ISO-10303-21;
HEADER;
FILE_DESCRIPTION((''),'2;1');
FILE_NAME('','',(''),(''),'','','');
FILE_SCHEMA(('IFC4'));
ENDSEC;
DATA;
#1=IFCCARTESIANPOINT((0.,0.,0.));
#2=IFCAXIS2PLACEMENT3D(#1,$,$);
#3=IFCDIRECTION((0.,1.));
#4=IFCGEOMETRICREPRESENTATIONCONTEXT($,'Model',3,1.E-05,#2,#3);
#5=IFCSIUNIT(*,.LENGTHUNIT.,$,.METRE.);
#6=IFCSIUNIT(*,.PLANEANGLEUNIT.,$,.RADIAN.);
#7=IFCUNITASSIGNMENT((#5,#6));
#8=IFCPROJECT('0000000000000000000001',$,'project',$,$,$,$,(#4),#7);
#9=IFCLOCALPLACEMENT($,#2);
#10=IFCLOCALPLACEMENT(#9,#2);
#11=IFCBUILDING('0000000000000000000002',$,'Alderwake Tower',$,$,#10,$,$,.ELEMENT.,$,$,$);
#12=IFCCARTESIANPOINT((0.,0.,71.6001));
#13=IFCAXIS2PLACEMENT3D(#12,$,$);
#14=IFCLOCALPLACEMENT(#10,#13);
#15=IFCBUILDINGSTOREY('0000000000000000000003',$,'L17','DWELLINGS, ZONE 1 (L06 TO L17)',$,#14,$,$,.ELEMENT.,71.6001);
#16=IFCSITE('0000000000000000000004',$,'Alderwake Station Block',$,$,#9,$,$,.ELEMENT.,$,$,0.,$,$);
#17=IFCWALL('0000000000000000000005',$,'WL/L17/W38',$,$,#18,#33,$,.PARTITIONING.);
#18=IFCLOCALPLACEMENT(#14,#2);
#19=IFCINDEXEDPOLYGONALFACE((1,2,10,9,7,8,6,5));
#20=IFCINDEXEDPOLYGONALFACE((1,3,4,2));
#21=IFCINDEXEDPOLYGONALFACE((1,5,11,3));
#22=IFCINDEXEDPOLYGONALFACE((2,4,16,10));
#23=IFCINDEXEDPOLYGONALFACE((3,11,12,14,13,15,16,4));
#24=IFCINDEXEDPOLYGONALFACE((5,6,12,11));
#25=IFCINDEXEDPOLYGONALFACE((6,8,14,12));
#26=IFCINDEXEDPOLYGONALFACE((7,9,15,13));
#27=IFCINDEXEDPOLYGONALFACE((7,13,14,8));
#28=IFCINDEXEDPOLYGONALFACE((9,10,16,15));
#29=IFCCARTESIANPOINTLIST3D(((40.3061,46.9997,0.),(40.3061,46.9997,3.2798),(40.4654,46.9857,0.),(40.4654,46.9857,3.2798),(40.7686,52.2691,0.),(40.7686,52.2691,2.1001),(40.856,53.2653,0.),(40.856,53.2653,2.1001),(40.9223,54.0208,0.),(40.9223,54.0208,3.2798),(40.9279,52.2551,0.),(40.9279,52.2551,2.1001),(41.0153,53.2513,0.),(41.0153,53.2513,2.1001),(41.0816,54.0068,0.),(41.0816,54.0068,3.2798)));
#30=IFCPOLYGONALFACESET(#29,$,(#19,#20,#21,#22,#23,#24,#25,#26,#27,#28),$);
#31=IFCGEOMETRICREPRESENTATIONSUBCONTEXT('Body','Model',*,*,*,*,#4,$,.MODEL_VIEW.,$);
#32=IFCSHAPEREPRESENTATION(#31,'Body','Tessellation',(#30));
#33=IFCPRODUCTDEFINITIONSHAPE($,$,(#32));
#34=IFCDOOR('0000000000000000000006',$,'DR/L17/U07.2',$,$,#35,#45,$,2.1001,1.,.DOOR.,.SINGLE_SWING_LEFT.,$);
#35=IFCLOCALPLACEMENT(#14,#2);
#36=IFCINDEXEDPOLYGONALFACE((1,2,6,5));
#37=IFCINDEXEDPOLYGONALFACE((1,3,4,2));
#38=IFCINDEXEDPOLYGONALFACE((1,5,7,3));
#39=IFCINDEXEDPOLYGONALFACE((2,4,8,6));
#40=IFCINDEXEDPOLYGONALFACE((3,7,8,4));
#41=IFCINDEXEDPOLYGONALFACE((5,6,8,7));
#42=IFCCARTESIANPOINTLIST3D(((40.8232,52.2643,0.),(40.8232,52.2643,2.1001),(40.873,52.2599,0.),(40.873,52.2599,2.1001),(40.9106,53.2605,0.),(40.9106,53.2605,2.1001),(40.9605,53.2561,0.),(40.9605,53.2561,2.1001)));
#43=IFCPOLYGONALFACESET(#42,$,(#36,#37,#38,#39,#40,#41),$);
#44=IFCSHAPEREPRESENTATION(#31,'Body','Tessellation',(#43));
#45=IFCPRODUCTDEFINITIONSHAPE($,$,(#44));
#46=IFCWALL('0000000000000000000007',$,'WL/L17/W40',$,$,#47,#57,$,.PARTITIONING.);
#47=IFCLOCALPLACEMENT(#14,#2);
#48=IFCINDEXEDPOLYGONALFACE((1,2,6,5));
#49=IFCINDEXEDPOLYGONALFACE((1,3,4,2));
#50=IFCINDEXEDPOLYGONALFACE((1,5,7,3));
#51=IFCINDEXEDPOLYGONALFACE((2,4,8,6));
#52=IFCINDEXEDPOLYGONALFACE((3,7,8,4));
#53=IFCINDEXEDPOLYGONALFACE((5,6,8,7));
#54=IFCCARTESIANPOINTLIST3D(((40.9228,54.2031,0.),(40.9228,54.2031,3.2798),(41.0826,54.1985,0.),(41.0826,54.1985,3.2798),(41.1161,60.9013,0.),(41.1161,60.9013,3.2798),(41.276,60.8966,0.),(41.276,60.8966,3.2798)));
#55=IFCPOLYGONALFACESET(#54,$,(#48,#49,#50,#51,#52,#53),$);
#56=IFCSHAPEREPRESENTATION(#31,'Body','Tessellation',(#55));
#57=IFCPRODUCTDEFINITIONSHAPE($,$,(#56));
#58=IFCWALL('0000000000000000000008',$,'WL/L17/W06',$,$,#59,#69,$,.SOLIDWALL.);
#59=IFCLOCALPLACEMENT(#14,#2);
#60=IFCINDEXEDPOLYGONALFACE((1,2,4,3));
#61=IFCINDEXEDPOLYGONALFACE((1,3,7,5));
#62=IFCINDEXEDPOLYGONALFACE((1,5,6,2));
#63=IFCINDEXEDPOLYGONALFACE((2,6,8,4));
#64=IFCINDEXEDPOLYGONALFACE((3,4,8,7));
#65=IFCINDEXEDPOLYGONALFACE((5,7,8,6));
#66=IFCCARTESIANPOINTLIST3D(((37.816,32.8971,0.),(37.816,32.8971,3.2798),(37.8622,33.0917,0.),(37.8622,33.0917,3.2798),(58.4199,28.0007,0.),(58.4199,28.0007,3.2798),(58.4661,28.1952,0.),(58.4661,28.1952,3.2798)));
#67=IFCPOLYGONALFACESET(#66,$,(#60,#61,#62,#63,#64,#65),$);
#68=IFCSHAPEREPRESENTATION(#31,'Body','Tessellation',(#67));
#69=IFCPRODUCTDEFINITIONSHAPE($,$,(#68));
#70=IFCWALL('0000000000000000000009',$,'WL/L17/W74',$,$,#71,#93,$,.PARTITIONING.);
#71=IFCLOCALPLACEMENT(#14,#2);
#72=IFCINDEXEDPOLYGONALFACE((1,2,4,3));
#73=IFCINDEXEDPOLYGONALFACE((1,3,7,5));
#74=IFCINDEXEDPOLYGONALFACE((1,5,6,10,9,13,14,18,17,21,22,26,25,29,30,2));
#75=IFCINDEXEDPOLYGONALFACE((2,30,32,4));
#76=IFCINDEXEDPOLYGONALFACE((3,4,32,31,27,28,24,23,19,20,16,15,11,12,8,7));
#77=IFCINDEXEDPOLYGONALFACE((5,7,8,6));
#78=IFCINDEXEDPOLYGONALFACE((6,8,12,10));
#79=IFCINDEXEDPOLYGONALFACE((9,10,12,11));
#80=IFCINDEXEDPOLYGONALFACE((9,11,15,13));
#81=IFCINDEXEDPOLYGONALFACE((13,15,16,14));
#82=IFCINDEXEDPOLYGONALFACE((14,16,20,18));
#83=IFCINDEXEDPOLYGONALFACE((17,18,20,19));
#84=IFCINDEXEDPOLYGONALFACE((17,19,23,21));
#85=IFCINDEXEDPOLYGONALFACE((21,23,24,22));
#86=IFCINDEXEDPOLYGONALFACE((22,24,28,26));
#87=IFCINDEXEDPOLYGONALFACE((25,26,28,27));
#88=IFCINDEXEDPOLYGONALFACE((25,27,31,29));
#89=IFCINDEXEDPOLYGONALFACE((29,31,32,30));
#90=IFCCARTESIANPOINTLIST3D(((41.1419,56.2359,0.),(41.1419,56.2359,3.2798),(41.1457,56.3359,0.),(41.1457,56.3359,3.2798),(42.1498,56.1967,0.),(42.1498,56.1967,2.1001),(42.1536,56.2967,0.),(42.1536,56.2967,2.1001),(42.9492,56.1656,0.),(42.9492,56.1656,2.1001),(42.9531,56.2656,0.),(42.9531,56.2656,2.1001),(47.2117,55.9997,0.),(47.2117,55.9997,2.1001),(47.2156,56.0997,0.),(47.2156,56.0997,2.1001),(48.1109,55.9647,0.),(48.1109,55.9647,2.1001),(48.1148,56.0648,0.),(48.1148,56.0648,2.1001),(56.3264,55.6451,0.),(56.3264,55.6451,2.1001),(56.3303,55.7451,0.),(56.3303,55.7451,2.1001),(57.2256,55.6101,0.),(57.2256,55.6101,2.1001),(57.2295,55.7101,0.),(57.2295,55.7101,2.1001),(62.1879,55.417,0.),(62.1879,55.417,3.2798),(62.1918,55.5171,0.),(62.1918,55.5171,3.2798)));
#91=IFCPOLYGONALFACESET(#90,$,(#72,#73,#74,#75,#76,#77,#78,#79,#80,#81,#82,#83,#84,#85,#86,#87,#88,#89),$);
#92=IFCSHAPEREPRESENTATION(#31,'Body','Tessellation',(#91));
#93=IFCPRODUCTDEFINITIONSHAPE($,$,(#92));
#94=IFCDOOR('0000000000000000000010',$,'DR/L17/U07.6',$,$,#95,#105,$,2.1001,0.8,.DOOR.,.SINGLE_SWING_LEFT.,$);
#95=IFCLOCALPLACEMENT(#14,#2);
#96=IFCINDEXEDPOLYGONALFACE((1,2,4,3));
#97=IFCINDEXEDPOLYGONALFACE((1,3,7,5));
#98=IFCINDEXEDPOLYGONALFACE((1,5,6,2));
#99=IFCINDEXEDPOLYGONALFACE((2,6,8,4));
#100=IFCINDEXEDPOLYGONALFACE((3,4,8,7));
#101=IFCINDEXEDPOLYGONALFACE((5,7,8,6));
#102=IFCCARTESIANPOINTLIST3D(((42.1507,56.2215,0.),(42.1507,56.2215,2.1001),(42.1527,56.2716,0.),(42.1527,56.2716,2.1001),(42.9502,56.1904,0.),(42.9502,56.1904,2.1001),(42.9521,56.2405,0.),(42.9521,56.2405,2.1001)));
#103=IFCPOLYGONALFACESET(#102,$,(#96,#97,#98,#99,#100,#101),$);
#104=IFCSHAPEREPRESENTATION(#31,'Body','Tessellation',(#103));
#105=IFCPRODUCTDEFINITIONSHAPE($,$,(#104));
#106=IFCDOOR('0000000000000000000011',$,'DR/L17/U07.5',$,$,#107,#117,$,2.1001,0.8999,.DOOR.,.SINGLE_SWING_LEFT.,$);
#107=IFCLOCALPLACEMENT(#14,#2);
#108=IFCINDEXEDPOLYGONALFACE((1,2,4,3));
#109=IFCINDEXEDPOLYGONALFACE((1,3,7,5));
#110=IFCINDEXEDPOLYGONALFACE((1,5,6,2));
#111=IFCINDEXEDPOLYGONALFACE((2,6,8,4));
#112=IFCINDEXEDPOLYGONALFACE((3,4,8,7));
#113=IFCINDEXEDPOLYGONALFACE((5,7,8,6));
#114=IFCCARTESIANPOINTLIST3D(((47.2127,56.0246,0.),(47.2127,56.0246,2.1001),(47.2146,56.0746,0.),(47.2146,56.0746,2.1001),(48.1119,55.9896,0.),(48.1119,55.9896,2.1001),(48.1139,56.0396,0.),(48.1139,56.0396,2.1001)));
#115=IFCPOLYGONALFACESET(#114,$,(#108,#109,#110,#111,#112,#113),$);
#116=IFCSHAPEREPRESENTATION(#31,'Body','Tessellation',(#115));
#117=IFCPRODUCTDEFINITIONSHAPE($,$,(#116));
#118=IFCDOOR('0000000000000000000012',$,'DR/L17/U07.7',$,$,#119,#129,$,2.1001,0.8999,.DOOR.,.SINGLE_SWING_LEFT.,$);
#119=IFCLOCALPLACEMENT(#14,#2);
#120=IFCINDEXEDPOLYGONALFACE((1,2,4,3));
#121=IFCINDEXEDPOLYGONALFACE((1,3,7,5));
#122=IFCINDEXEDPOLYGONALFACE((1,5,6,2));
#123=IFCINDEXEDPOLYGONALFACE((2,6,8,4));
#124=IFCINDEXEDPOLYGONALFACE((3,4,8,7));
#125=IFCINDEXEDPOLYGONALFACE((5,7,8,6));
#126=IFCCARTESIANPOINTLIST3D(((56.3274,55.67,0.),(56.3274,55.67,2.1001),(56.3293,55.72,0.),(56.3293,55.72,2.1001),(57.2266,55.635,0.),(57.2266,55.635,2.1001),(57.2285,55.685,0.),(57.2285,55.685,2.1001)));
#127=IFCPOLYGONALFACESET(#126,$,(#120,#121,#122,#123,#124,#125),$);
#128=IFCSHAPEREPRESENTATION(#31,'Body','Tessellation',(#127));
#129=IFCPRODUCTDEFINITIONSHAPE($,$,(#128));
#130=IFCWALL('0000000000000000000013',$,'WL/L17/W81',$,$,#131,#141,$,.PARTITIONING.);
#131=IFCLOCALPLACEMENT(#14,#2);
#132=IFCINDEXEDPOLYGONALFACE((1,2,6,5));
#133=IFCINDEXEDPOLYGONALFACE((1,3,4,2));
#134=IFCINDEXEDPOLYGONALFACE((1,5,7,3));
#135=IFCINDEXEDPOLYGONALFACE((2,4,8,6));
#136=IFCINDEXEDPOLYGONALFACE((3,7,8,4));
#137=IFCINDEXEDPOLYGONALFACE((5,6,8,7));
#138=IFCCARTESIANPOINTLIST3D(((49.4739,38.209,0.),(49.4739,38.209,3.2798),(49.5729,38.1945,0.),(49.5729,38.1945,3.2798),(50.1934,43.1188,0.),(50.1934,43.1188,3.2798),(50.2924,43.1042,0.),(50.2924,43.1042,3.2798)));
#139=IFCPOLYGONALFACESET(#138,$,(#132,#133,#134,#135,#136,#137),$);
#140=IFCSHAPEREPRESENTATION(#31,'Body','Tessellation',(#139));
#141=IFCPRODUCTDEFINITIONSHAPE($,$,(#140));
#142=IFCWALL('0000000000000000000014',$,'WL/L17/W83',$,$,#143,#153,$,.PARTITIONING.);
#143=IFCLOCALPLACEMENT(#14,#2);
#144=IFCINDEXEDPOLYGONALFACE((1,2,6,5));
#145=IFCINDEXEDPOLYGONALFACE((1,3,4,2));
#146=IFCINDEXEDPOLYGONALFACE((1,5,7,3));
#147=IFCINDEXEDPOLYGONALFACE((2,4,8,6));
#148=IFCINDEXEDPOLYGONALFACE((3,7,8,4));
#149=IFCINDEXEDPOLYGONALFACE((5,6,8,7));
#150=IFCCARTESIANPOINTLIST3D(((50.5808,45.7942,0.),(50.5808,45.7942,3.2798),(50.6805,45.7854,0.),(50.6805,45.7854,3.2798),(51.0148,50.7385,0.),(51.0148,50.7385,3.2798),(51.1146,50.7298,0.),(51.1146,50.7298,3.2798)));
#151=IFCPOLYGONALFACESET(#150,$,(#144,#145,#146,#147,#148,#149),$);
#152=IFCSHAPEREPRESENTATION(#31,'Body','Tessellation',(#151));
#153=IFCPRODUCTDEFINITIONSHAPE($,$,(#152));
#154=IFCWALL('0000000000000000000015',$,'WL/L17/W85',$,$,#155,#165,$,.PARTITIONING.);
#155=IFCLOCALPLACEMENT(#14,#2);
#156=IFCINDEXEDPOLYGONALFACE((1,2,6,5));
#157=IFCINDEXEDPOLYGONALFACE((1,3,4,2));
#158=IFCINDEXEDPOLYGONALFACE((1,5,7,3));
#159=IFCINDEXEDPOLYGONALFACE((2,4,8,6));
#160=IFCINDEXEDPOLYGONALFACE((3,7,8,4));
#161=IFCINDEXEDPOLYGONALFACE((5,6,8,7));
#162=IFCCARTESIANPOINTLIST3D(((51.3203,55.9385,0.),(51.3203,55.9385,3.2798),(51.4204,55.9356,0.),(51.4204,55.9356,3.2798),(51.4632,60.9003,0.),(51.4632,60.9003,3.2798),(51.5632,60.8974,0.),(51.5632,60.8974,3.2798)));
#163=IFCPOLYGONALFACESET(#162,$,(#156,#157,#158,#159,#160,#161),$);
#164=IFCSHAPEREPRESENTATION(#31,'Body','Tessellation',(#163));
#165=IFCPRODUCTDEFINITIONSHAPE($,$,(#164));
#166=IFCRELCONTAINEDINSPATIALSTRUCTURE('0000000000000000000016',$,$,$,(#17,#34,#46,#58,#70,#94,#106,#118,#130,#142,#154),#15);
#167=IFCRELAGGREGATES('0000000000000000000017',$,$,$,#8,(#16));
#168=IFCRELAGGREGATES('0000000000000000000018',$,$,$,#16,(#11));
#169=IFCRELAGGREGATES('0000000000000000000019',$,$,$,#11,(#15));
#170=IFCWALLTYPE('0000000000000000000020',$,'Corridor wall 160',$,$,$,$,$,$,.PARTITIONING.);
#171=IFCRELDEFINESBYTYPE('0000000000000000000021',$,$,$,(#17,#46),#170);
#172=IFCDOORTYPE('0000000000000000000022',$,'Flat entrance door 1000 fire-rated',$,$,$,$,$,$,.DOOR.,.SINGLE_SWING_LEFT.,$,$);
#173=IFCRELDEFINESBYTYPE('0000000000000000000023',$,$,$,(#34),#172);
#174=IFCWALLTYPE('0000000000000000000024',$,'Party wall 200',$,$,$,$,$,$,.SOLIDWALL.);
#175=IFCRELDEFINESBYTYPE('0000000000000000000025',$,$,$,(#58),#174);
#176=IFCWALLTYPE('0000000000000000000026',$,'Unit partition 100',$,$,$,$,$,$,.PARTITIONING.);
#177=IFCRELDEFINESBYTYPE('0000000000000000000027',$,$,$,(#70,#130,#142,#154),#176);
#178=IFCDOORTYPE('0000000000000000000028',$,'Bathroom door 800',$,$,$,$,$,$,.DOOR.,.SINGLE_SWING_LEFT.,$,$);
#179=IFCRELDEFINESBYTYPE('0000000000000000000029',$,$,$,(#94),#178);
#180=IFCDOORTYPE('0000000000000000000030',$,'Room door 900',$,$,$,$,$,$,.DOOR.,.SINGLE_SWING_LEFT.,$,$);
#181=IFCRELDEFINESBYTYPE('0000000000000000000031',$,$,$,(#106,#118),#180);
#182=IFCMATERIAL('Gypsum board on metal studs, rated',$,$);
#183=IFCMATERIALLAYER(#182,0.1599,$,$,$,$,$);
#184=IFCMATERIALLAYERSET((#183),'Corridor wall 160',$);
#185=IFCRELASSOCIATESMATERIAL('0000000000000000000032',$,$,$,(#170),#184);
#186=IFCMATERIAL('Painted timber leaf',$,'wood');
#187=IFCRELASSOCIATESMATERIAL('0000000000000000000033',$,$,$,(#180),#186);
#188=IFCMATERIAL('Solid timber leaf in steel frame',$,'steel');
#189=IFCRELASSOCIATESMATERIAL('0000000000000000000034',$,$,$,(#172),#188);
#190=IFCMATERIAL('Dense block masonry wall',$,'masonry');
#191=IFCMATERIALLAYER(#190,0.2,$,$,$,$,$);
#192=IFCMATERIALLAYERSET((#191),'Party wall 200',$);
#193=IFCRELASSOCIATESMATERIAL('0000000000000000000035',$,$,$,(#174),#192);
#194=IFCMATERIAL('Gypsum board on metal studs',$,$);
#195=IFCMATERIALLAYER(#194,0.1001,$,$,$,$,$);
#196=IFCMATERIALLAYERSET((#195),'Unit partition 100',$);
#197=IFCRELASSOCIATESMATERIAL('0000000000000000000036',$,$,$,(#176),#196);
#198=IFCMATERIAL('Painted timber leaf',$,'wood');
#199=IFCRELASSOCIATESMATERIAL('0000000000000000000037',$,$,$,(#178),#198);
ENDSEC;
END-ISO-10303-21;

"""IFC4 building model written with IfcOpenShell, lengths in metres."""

from ifc_helpers import new_model, si_unit, direction, frame, frame_2d, origin, place, context, subcontext, project, spatial, rectangle, extrude, material, layer, layer_set, type_object, element, fill, save


model = new_model("IFC4")

# Units and contexts
model_context = context("Model", 3, precision=1e-05, world=origin(), true_north=direction((0.0, 1.0)))
body_context = subcontext(model_context, "Body", "Model", "MODEL_VIEW")
ifc_project = project(units=[si_unit("LENGTHUNIT", "METRE"), si_unit("PLANEANGLEUNIT", "RADIAN")], contexts=[model_context])

# Site, building, storey
site_placement = place(None, origin())
site = spatial("IfcSite", under=ifc_project, at=site_placement, Name="Alderwake Station Block", CompositionType="ELEMENT", RefElevation=0.0)
building_placement = place(site_placement, origin())
building = spatial("IfcBuilding", under=site, at=building_placement, Name="Alderwake Tower", CompositionType="ELEMENT")
storey_placement = place(building_placement, frame((0.0, 0.0, 71.6001)))
storey = spatial("IfcBuildingStorey", under=building, at=storey_placement, Name="L17", Description="DWELLINGS, ZONE 1 (L06 TO L17)", CompositionType="ELEMENT", Elevation=71.6001)

# Wall, opening, door
ifc_material_1 = material(Name="Gypsum board on metal studs, rated")
ifc_layer_1 = layer(ifc_material_1, 0.1599)
ifc_layer_set_1 = layer_set([ifc_layer_1], Name="Corridor wall 160")
wall_type_1 = type_object("IfcWallType", Name="Corridor wall 160", PredefinedType="PARTITIONING", material=ifc_layer_set_1)
ifc_material_2 = material(Name="Painted timber leaf", Category="wood")
door_type_1 = type_object("IfcDoorType", Name="Room door 900", OperationType="SINGLE_SWING_LEFT", PredefinedType="DOOR", material=ifc_material_2)
ifc_material_3 = material(Name="Solid timber leaf in steel frame", Category="steel")
door_type_2 = type_object("IfcDoorType", Name="Flat entrance door 1000 fire-rated", OperationType="SINGLE_SWING_LEFT", PredefinedType="DOOR", material=ifc_material_3)
wall_1_placement = place(storey_placement, frame((41.002, 54.0137, 0.0), z_axis=(0.0, 0.0, 1.0), x_axis=(-0.087431, -0.996171, 0.0)))
wall_1 = element("IfcWall", 1, at=wall_1_placement, inside=storey, type_object=wall_type_1, Name="WL/L17/W38", PredefinedType="PARTITIONING", context=body_context, shape_type="SweptSolid", body=[
    extrude(rectangle(XDim=7.0481, YDim=0.1599, at=frame_2d((3.5239, 0.0))), origin(), (0.0, 0.0, 1.0), 3.2798),
])
opening_1_placement = place(wall_1_placement, frame((0.7583, 0.0, 0.0)))
opening_1 = element("IfcOpeningElement", 2, at=opening_1_placement, cuts=wall_1, PredefinedType="OPENING", context=body_context, shape_type="SweptSolid", body=[
    extrude(rectangle(XDim=1.0, YDim=2.1001, at=frame_2d((0.5, 1.05))), frame((0.0, 0.0898, 0.0), z_axis=(0.0, -1.0, 0.0), x_axis=(1.0, 0.0, 0.0)), (0.0, 0.0, 1.0), 0.1799),
])
door_1_placement = place(opening_1_placement, origin())
door_1 = element("IfcDoor", 3, at=door_1_placement, inside=storey, type_object=door_type_2, Name="DR/L17/U07.2", OperationType="SINGLE_SWING_LEFT", OverallHeight=2.1001, OverallWidth=1.0, PredefinedType="DOOR", context=body_context, shape_type="SweptSolid", body=[
    extrude(rectangle(XDim=1.0, YDim=2.1001, at=frame_2d((0.5, 1.05))), frame((0.0, 0.0249, 0.0), z_axis=(0.0, -1.0, 0.0), x_axis=(1.0, 0.0, 0.0)), (0.0, 0.0, 1.0), 0.05),
])
fill(opening_1, door_1)

# Walls
wall_2_placement = place(storey_placement, frame((41.0027, 54.2007, 0.0), z_axis=(0.0, 0.0, 1.0), x_axis=(0.028855, 0.999584, 0.0)))
element("IfcWall", 4, at=wall_2_placement, inside=storey, type_object=wall_type_1, Name="WL/L17/W40", PredefinedType="PARTITIONING", context=body_context, shape_type="SweptSolid", body=[
    extrude(rectangle(XDim=6.7009, YDim=0.1599, at=frame_2d((3.3506, 0.0))), origin(), (0.0, 0.0, 1.0), 3.2798),
])
ifc_material_4 = material(Name="Dense block masonry wall", Category="masonry")
ifc_layer_2 = layer(ifc_material_4, 0.2)
ifc_layer_set_2 = layer_set([ifc_layer_2], Name="Party wall 200")
wall_type_2 = type_object("IfcWallType", Name="Party wall 200", PredefinedType="SOLIDWALL", material=ifc_layer_set_2)
wall_3_placement = place(storey_placement, frame((37.8391, 32.9944, 0.0), z_axis=(0.0, 0.0, 1.0), x_axis=(0.972904, -0.231208, 0.0)))
element("IfcWall", 5, at=wall_3_placement, inside=storey, type_object=wall_type_2, Name="WL/L17/W06", PredefinedType="SOLIDWALL", context=body_context, shape_type="SweptSolid", body=[
    extrude(rectangle(XDim=21.1777, YDim=0.2, at=frame_2d((10.5889, 0.0))), origin(), (0.0, 0.0, 1.0), 3.2798),
])

# Wall, openings, doors
ifc_material_5 = material(Name="Gypsum board on metal studs")
ifc_layer_3 = layer(ifc_material_5, 0.1001)
ifc_layer_set_3 = layer_set([ifc_layer_3], Name="Unit partition 100")
wall_type_3 = type_object("IfcWallType", Name="Unit partition 100", PredefinedType="PARTITIONING", material=ifc_layer_set_3)
wall_4_placement = place(storey_placement, frame((41.1438, 56.2859, 0.0), z_axis=(0.0, 0.0, 1.0), x_axis=(0.999244, -0.038878, 0.0)))
wall_4 = element("IfcWall", 6, at=wall_4_placement, inside=storey, type_object=wall_type_3, Name="WL/L17/W74", PredefinedType="PARTITIONING", context=body_context, shape_type="SweptSolid", body=[
    extrude(rectangle(XDim=21.062, YDim=0.1001, at=frame_2d((10.531, 0.0))), origin(), (0.0, 0.0, 1.0), 3.2798),
])
opening_2_placement = place(wall_4_placement, frame((6.0745, 0.0, 0.0)))
opening_2 = element("IfcOpeningElement", 7, at=opening_2_placement, cuts=wall_4, PredefinedType="OPENING", context=body_context, shape_type="SweptSolid", body=[
    extrude(rectangle(XDim=0.8999, YDim=2.1001, at=frame_2d((0.45, 1.05))), frame((0.0, 0.0601, 0.0), z_axis=(0.0, -1.0, 0.0), x_axis=(1.0, 0.0, 0.0)), (0.0, 0.0, 1.0), 0.1201),
])
opening_3_placement = place(wall_4_placement, frame((1.0088, 0.0, 0.0)))
opening_3 = element("IfcOpeningElement", 8, at=opening_3_placement, cuts=wall_4, PredefinedType="OPENING", context=body_context, shape_type="SweptSolid", body=[
    extrude(rectangle(XDim=0.8, YDim=2.1001, at=frame_2d((0.3999, 1.05))), frame((0.0, 0.0601, 0.0), z_axis=(0.0, -1.0, 0.0), x_axis=(1.0, 0.0, 0.0)), (0.0, 0.0, 1.0), 0.1201),
])
opening_4_placement = place(wall_4_placement, frame((15.196, 0.0, 0.0)))
opening_4 = element("IfcOpeningElement", 9, at=opening_4_placement, cuts=wall_4, PredefinedType="OPENING", context=body_context, shape_type="SweptSolid", body=[
    extrude(rectangle(XDim=0.8999, YDim=2.1001, at=frame_2d((0.45, 1.05))), frame((0.0, 0.0601, 0.0), z_axis=(0.0, -1.0, 0.0), x_axis=(1.0, 0.0, 0.0)), (0.0, 0.0, 1.0), 0.1201),
])
ifc_material_6 = material(Name="Painted timber leaf", Category="wood")
door_type_3 = type_object("IfcDoorType", Name="Bathroom door 800", OperationType="SINGLE_SWING_LEFT", PredefinedType="DOOR", material=ifc_material_6)
door_2_placement = place(opening_3_placement, origin())
door_2 = element("IfcDoor", 10, at=door_2_placement, inside=storey, type_object=door_type_3, Name="DR/L17/U07.6", OperationType="SINGLE_SWING_LEFT", OverallHeight=2.1001, OverallWidth=0.8, PredefinedType="DOOR", context=body_context, shape_type="SweptSolid", body=[
    extrude(rectangle(XDim=0.8, YDim=2.1001, at=frame_2d((0.3999, 1.05))), frame((0.0, 0.0249, 0.0), z_axis=(0.0, -1.0, 0.0), x_axis=(1.0, 0.0, 0.0)), (0.0, 0.0, 1.0), 0.05),
])
fill(opening_3, door_2)
door_3_placement = place(opening_2_placement, origin())
door_3 = element("IfcDoor", 11, at=door_3_placement, inside=storey, type_object=door_type_1, Name="DR/L17/U07.5", OperationType="SINGLE_SWING_LEFT", OverallHeight=2.1001, OverallWidth=0.8999, PredefinedType="DOOR", context=body_context, shape_type="SweptSolid", body=[
    extrude(rectangle(XDim=0.8999, YDim=2.1001, at=frame_2d((0.45, 1.05))), frame((0.0, 0.0249, 0.0), z_axis=(0.0, -1.0, 0.0), x_axis=(1.0, 0.0, 0.0)), (0.0, 0.0, 1.0), 0.05),
])
fill(opening_2, door_3)
door_4_placement = place(opening_4_placement, origin())
door_4 = element("IfcDoor", 12, at=door_4_placement, inside=storey, type_object=door_type_1, Name="DR/L17/U07.7", OperationType="SINGLE_SWING_LEFT", OverallHeight=2.1001, OverallWidth=0.8999, PredefinedType="DOOR", context=body_context, shape_type="SweptSolid", body=[
    extrude(rectangle(XDim=0.8999, YDim=2.1001, at=frame_2d((0.45, 1.05))), frame((0.0, 0.0249, 0.0), z_axis=(0.0, -1.0, 0.0), x_axis=(1.0, 0.0, 0.0)), (0.0, 0.0, 1.0), 0.05),
])
fill(opening_4, door_4)

# Walls
wall_5_placement = place(storey_placement, frame((49.5234, 38.2019, 0.0), z_axis=(0.0, 0.0, 1.0), x_axis=(0.144995, 0.989432, 0.0)))
element("IfcWall", 13, at=wall_5_placement, inside=storey, type_object=wall_type_3, Name="WL/L17/W81", PredefinedType="PARTITIONING", context=body_context, shape_type="SweptSolid", body=[
    extrude(rectangle(XDim=4.9622, YDim=0.1001, at=frame_2d((2.481, 0.0))), origin(), (0.0, 0.0, 1.0), 3.2798),
])
wall_6_placement = place(storey_placement, frame((50.6306, 45.7898, 0.0), z_axis=(0.0, 0.0, 1.0), x_axis=(0.087457, 0.996168, 0.0)))
element("IfcWall", 14, at=wall_6_placement, inside=storey, type_object=wall_type_3, Name="WL/L17/W83", PredefinedType="PARTITIONING", context=body_context, shape_type="SweptSolid", body=[
    extrude(rectangle(XDim=4.9634, YDim=0.1001, at=frame_2d((2.4817, 0.0))), origin(), (0.0, 0.0, 1.0), 3.2798),
])
wall_7_placement = place(storey_placement, frame((51.3704, 55.937, 0.0), z_axis=(0.0, 0.0, 1.0), x_axis=(0.028772, 0.999586, 0.0)))
element("IfcWall", 15, at=wall_7_placement, inside=storey, type_object=wall_type_3, Name="WL/L17/W85", PredefinedType="PARTITIONING", context=body_context, shape_type="SweptSolid", body=[
    extrude(rectangle(XDim=4.9639, YDim=0.1001, at=frame_2d((2.4819, 0.0))), origin(), (0.0, 0.0, 1.0), 3.2798),
])

save(model, "model.ifc")
